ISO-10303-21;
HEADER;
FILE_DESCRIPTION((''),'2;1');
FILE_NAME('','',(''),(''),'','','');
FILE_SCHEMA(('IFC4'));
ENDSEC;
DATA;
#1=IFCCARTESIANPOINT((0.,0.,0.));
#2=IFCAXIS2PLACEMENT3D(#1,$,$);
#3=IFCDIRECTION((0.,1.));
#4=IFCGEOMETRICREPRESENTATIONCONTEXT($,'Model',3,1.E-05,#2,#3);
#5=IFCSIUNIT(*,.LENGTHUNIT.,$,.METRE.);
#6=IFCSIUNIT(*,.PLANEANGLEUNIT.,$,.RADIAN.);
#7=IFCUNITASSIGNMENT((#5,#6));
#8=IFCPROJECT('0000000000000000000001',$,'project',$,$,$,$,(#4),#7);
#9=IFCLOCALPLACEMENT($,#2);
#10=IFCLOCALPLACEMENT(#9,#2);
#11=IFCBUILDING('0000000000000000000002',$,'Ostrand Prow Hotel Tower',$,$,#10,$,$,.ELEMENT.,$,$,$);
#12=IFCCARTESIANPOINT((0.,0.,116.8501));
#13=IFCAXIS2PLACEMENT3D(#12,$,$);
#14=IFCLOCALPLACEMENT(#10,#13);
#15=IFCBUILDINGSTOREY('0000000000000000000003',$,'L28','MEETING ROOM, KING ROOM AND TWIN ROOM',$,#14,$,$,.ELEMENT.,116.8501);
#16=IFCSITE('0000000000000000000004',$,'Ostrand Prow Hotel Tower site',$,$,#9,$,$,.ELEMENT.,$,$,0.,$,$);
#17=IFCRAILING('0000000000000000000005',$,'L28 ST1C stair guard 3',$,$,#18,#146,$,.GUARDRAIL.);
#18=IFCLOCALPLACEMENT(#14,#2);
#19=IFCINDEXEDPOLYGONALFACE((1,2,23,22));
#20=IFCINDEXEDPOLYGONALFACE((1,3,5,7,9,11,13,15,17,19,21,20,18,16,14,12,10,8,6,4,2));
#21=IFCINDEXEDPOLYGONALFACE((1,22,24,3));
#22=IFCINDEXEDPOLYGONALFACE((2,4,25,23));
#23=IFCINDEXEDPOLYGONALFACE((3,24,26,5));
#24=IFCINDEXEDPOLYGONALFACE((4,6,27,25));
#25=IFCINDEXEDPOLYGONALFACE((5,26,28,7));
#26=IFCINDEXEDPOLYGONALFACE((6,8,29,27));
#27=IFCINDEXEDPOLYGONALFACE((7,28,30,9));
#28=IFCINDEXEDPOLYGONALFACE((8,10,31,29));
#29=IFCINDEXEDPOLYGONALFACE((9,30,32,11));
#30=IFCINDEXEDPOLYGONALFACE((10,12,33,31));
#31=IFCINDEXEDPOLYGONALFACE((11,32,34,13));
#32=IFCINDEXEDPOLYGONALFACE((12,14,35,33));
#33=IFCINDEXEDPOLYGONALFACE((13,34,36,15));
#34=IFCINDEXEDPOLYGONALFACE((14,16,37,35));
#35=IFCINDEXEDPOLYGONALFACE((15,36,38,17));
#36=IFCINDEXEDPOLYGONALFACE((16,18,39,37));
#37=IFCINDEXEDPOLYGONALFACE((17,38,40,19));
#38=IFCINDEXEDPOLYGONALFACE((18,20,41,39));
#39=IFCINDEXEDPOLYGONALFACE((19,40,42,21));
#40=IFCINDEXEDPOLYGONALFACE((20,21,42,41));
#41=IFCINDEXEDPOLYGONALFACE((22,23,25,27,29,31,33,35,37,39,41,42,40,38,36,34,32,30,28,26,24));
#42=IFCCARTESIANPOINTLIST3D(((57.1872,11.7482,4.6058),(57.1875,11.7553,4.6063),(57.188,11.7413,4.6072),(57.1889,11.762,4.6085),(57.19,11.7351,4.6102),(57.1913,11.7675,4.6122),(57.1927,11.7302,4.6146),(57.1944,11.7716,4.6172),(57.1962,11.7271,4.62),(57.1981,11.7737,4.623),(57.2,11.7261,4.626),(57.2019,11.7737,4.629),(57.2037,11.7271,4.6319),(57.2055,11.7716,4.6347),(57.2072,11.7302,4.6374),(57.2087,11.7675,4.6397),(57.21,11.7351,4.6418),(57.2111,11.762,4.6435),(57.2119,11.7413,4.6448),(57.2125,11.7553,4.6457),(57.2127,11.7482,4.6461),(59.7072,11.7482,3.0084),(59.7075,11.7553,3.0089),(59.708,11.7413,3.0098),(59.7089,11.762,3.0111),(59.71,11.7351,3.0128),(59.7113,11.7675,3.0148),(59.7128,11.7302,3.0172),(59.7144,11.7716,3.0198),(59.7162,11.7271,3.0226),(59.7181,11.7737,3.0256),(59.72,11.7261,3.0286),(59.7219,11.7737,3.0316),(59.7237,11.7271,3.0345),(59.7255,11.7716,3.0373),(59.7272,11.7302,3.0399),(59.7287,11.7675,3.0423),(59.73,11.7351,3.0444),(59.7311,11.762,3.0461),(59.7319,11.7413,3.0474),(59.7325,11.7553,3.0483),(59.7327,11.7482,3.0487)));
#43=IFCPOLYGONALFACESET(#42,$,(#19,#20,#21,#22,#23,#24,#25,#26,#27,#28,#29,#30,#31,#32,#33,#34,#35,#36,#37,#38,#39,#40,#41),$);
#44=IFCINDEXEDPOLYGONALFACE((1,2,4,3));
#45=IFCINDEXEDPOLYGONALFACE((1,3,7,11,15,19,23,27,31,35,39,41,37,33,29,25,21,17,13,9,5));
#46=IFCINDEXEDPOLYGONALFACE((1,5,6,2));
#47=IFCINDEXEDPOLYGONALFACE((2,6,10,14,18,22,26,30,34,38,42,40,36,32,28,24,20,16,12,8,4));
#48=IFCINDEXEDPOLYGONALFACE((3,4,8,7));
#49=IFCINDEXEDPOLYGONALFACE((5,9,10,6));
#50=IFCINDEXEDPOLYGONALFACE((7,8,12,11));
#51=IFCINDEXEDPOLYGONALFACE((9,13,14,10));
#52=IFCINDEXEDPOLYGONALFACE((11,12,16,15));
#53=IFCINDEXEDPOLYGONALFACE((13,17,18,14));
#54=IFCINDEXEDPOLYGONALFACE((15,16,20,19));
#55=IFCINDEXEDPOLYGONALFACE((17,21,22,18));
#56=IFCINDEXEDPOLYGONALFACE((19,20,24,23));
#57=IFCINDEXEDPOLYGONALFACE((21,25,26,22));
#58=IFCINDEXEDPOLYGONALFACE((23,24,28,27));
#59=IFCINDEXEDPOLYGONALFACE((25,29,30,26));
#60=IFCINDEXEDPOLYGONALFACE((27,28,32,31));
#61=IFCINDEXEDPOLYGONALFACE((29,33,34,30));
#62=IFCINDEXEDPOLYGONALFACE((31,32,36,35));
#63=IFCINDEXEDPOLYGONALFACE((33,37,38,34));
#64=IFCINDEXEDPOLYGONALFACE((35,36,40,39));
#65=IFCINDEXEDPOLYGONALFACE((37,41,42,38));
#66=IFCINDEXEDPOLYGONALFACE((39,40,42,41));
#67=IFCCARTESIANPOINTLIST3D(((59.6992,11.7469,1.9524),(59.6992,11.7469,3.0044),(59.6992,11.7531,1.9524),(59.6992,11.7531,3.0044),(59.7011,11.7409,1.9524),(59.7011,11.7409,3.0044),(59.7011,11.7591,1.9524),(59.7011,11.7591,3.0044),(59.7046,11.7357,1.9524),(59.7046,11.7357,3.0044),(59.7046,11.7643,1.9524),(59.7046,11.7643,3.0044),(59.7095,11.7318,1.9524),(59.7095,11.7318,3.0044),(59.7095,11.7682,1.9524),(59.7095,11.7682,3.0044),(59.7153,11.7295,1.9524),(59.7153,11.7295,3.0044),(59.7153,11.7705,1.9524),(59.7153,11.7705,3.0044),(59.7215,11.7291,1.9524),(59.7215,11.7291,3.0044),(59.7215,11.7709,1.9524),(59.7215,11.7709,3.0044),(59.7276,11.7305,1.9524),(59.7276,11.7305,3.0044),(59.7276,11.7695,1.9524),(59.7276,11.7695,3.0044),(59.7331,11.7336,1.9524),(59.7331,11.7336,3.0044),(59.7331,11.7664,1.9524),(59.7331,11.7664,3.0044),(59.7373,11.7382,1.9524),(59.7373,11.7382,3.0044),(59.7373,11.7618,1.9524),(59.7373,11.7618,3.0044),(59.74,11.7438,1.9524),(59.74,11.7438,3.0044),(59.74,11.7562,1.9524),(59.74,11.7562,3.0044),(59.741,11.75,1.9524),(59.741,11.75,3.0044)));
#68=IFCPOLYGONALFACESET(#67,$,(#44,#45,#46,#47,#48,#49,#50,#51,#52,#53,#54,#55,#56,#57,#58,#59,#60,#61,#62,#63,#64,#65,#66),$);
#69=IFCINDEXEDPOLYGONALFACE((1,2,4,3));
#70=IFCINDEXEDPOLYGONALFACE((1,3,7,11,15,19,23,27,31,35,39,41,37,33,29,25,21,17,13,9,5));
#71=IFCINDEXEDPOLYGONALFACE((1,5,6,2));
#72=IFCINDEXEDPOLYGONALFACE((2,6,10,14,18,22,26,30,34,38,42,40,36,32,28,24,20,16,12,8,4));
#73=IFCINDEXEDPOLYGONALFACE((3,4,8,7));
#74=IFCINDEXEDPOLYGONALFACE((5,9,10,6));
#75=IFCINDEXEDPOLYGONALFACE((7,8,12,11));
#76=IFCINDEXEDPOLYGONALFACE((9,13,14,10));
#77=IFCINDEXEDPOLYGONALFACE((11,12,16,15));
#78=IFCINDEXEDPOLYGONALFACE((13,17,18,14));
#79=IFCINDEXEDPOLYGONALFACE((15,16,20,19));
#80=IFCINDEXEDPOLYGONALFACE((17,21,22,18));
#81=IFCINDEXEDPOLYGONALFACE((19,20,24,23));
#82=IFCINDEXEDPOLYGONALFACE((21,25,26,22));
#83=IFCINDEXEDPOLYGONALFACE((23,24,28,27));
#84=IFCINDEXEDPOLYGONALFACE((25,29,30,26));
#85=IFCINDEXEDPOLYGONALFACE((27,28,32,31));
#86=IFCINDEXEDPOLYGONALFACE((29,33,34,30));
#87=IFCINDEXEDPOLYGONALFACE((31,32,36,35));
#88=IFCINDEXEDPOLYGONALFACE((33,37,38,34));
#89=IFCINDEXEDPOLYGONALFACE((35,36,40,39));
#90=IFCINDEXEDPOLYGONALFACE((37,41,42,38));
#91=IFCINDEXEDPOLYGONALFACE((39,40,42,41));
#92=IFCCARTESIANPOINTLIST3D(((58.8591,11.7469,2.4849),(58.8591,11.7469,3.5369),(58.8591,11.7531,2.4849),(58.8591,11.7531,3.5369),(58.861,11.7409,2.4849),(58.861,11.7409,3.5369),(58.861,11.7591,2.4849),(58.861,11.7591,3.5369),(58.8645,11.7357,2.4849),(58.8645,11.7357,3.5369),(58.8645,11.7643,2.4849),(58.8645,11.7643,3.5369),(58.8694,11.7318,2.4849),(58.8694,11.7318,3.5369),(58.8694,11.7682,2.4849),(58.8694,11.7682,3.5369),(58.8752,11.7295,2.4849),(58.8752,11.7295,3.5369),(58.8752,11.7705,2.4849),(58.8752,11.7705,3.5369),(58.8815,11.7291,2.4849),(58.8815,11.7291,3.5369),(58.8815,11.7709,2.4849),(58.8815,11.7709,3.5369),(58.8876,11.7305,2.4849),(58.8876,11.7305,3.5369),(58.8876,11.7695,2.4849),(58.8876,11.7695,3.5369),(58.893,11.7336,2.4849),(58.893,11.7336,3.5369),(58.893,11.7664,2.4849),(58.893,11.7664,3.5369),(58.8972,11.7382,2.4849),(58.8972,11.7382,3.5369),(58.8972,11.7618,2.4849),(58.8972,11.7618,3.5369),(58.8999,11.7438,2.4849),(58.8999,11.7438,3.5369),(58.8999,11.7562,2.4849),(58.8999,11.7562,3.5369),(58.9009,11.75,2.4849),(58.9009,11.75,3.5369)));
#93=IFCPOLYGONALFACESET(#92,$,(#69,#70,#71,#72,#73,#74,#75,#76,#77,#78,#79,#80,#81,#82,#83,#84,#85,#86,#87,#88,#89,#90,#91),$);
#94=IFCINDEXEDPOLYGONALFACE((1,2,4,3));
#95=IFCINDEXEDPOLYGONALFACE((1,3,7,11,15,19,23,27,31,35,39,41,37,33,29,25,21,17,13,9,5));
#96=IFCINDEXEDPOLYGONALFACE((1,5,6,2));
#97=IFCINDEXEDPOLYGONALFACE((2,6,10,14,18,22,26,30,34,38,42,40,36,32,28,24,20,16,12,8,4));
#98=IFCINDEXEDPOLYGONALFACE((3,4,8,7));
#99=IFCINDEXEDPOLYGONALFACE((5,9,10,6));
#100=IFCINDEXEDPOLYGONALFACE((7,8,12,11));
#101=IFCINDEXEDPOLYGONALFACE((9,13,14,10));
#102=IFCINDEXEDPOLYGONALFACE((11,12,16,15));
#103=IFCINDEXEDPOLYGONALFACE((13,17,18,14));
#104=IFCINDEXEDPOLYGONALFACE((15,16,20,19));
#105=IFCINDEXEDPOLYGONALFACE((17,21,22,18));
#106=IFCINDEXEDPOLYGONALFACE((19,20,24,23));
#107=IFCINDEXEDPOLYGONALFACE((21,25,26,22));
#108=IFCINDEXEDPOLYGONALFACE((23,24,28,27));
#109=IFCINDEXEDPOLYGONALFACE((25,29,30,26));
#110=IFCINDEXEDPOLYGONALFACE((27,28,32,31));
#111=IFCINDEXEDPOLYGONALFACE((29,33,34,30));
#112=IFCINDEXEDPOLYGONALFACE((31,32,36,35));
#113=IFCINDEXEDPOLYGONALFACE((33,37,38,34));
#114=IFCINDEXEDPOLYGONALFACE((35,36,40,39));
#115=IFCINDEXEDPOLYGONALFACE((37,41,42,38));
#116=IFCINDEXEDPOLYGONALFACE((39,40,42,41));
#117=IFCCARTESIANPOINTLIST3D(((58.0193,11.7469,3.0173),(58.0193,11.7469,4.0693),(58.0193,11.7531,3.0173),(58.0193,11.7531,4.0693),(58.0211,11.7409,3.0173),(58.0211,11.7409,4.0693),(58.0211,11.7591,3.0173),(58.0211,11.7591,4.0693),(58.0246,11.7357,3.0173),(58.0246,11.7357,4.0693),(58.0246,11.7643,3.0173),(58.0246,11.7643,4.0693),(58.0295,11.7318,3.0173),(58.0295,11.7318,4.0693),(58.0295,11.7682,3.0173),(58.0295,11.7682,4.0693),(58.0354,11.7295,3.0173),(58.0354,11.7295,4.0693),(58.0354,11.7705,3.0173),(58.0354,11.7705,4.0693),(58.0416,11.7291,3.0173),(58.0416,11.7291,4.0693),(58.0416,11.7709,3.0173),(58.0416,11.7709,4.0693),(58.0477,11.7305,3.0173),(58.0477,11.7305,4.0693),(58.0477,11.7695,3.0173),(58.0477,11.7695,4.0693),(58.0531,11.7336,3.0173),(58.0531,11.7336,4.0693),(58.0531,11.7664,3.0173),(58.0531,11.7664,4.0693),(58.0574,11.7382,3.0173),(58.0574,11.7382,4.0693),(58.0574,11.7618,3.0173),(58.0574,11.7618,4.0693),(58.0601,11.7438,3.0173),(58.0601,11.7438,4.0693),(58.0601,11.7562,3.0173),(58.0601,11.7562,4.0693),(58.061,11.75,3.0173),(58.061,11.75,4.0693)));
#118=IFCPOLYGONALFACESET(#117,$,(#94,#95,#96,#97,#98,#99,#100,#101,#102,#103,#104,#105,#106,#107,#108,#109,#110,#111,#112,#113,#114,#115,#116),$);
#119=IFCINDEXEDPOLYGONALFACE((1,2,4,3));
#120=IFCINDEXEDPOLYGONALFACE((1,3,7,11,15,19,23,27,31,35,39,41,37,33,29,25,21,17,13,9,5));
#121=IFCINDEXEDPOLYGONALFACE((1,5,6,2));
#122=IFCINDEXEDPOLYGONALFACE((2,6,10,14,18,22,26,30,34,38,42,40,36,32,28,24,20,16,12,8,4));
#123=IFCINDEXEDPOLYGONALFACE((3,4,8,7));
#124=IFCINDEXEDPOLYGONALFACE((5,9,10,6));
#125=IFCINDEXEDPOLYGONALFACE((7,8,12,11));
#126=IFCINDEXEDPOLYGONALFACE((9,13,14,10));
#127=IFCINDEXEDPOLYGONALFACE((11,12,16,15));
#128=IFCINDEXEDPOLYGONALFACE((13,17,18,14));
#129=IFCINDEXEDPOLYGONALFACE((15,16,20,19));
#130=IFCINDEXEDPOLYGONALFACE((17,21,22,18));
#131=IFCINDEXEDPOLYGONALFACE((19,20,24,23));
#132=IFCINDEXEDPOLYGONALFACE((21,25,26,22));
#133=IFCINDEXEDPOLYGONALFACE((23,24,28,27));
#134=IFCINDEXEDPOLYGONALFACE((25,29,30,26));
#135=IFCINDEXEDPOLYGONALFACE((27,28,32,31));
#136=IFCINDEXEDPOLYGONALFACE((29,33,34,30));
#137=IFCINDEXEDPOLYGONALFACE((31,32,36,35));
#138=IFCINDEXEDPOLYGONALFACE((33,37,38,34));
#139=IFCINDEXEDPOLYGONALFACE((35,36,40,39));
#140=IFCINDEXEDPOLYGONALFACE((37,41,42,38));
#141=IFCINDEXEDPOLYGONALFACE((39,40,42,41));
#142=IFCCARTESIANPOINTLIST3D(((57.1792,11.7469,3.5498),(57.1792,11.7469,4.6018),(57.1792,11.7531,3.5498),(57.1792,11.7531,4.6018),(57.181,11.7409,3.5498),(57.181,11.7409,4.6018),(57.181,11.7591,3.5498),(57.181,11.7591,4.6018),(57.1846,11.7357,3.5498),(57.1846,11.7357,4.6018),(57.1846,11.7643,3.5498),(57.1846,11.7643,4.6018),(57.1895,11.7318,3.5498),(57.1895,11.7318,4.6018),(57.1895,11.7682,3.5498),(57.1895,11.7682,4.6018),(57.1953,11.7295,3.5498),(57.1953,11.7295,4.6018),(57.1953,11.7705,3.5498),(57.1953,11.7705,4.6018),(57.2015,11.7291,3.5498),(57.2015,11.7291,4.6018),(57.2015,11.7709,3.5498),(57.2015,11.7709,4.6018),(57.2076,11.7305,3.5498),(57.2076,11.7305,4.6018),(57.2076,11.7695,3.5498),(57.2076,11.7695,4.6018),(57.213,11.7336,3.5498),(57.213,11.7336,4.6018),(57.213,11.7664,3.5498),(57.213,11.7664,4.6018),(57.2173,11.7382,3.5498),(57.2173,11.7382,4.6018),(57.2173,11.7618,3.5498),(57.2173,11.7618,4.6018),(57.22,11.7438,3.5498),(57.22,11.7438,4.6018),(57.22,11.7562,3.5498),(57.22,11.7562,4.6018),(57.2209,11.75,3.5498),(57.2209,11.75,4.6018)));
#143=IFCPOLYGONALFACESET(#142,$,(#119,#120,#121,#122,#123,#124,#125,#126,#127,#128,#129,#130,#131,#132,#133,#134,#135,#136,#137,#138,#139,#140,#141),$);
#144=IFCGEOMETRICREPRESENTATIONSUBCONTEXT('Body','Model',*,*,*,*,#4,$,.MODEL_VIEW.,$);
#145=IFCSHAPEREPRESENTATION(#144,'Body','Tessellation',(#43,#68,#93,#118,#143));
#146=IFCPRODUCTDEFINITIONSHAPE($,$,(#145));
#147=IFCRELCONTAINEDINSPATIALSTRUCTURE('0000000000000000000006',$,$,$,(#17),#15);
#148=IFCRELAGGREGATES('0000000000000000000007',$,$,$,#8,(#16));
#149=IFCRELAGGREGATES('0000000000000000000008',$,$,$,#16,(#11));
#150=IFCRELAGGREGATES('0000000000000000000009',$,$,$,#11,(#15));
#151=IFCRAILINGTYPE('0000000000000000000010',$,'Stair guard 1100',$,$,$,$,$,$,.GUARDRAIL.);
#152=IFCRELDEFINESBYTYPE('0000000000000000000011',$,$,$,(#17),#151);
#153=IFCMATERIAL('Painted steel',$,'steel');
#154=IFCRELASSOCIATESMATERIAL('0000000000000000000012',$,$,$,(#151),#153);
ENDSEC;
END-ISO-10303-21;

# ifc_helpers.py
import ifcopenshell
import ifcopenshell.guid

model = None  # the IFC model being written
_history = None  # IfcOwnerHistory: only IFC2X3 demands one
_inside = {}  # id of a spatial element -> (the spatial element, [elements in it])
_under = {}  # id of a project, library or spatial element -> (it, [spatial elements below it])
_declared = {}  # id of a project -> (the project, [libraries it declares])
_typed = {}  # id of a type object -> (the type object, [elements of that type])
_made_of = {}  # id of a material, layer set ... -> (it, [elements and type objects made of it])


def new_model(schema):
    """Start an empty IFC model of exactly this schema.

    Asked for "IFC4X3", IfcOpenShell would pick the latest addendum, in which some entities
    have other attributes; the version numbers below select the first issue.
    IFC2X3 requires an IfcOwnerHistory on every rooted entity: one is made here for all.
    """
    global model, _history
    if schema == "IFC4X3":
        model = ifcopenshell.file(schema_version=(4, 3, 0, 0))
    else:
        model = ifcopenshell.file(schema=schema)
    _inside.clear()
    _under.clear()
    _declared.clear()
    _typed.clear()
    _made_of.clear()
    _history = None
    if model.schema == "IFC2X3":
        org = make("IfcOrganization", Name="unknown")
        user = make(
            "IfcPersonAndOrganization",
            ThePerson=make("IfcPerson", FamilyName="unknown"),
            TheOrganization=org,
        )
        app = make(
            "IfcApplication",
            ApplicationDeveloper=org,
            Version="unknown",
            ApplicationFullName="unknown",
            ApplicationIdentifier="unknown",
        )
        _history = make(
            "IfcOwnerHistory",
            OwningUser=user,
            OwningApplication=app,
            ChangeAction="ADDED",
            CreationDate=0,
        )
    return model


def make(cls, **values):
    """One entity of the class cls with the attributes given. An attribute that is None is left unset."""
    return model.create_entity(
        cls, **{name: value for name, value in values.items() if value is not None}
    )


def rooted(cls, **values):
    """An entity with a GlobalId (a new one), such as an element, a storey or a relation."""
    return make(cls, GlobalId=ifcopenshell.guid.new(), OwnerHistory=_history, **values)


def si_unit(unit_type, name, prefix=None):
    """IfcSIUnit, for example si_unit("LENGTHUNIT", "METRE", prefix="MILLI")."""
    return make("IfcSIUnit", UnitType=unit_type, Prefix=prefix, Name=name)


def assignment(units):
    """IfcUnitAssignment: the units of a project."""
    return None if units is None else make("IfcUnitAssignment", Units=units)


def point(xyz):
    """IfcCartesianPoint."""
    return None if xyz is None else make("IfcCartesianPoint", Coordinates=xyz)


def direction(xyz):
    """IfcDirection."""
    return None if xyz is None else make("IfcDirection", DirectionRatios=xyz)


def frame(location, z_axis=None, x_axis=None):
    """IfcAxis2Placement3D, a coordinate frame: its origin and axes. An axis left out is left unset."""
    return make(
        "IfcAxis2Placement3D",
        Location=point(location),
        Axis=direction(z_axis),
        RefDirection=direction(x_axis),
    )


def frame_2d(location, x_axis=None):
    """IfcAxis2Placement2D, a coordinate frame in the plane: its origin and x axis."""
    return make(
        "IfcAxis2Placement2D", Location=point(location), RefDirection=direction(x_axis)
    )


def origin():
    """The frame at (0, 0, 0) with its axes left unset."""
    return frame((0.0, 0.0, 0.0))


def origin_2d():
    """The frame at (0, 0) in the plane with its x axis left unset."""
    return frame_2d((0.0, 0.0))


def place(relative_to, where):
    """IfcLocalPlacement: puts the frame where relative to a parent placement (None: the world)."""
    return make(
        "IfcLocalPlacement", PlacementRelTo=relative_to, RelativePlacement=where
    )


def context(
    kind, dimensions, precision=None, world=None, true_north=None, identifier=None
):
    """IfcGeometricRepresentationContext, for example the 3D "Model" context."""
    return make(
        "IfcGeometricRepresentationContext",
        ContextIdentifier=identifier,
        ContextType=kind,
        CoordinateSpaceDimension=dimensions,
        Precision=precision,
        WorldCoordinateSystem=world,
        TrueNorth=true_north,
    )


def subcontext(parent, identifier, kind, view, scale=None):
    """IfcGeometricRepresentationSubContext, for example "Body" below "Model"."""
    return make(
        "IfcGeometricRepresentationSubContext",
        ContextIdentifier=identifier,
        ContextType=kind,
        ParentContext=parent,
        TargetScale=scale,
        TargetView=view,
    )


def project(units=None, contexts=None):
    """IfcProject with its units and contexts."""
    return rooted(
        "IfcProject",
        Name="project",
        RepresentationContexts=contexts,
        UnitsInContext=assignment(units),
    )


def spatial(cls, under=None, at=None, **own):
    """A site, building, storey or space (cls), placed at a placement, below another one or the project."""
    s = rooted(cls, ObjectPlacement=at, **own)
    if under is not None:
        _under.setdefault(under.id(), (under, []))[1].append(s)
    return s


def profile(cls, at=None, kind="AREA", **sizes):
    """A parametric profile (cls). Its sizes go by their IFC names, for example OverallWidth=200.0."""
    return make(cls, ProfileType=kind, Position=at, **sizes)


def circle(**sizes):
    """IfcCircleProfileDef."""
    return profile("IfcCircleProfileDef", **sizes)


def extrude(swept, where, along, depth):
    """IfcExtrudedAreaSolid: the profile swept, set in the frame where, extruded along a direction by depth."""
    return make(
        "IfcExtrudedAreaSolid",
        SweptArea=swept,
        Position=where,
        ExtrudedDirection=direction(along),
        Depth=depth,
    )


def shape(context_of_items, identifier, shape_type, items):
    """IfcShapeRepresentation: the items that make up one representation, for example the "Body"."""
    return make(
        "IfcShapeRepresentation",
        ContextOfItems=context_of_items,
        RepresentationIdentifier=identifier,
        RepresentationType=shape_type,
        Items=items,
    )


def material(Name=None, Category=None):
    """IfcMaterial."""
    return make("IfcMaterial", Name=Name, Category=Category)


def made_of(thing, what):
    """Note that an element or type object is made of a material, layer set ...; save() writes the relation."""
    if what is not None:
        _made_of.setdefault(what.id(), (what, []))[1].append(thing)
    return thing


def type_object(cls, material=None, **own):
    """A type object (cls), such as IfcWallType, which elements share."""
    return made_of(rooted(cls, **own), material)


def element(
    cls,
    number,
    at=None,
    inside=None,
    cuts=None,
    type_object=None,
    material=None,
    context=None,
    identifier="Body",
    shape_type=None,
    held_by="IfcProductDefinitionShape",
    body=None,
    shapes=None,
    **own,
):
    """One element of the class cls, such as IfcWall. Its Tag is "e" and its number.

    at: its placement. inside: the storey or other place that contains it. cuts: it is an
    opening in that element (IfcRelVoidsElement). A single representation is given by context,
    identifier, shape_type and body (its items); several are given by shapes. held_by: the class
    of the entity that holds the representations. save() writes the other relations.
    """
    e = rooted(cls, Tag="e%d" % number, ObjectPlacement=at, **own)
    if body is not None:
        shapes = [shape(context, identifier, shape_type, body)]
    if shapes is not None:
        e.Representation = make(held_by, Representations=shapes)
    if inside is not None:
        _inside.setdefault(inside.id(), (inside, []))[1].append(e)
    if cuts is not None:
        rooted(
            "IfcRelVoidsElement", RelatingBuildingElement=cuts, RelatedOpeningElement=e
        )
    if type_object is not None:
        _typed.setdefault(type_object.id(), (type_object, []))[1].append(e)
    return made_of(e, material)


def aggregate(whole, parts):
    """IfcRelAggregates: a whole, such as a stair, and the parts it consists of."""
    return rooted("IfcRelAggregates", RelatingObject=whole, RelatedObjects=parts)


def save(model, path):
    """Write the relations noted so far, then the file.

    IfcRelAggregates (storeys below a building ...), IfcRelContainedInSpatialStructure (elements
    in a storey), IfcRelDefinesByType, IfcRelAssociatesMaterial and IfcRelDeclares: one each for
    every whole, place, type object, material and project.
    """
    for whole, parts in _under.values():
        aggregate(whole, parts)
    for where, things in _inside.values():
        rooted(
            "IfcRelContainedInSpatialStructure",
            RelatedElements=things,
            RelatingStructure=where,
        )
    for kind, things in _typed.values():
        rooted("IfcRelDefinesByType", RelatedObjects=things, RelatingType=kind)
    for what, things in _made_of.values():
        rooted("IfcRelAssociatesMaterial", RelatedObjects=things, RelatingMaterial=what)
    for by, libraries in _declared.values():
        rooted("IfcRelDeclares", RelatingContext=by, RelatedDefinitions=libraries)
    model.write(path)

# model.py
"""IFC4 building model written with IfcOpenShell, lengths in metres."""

from ifc_helpers import new_model, si_unit, direction, frame, origin, origin_2d, place, context, subcontext, project, spatial, circle, extrude, material, type_object, element, save


model = new_model("IFC4")

# Units and contexts
model_context = context("Model", 3, precision=1e-05, world=origin(), true_north=direction((0.0, 1.0)))
body_context = subcontext(model_context, "Body", "Model", "MODEL_VIEW")
ifc_project = project(units=[si_unit("LENGTHUNIT", "METRE"), si_unit("PLANEANGLEUNIT", "RADIAN")], contexts=[model_context])

# Site, building, storey
site_placement = place(None, origin())
site = spatial("IfcSite", under=ifc_project, at=site_placement, Name="Ostrand Prow Hotel Tower site", CompositionType="ELEMENT", RefElevation=0.0)
building_placement = place(site_placement, origin())
building = spatial("IfcBuilding", under=site, at=building_placement, Name="Ostrand Prow Hotel Tower", CompositionType="ELEMENT")
storey_placement = place(building_placement, frame((0.0, 0.0, 116.8501)))
storey = spatial("IfcBuildingStorey", under=building, at=storey_placement, Name="L28", Description="MEETING ROOM, KING ROOM AND TWIN ROOM", CompositionType="ELEMENT", Elevation=116.8501)

# Railing
ifc_material_1 = material(Name="Painted steel", Category="steel")
railing_type_1 = type_object("IfcRailingType", Name="Stair guard 1100", PredefinedType="GUARDRAIL", material=ifc_material_1)
railing_1_placement = place(storey_placement, frame((59.72, 11.75, 1.9524)))
element("IfcRailing", 1, at=railing_1_placement, inside=storey, type_object=railing_type_1, Name="L28 ST1C stair guard 3", PredefinedType="GUARDRAIL", context=body_context, shape_type="SweptSolid", body=[
    extrude(circle(Radius=0.0239, at=origin_2d()), frame((0.0, 0.0, 1.0762), z_axis=(-0.844607, 0.0, 0.535387), x_axis=(0.0, -1.0, 0.0)), (0.0, 0.0, 1.0), 2.9836),
    extrude(circle(Radius=0.021, at=origin_2d()), origin(), (0.0, 0.0, 1.0), 1.052),
    extrude(circle(Radius=0.021, at=origin_2d()), frame((-0.8401, 0.0, 0.5325)), (0.0, 0.0, 1.0), 1.052),
    extrude(circle(Radius=0.021, at=origin_2d()), frame((-1.6799, 0.0, 1.0649)), (0.0, 0.0, 1.0), 1.052),
    extrude(circle(Radius=0.021, at=origin_2d()), frame((-2.52, 0.0, 1.5974)), (0.0, 0.0, 1.0), 1.052),
])

save(model, "model.ifc")
